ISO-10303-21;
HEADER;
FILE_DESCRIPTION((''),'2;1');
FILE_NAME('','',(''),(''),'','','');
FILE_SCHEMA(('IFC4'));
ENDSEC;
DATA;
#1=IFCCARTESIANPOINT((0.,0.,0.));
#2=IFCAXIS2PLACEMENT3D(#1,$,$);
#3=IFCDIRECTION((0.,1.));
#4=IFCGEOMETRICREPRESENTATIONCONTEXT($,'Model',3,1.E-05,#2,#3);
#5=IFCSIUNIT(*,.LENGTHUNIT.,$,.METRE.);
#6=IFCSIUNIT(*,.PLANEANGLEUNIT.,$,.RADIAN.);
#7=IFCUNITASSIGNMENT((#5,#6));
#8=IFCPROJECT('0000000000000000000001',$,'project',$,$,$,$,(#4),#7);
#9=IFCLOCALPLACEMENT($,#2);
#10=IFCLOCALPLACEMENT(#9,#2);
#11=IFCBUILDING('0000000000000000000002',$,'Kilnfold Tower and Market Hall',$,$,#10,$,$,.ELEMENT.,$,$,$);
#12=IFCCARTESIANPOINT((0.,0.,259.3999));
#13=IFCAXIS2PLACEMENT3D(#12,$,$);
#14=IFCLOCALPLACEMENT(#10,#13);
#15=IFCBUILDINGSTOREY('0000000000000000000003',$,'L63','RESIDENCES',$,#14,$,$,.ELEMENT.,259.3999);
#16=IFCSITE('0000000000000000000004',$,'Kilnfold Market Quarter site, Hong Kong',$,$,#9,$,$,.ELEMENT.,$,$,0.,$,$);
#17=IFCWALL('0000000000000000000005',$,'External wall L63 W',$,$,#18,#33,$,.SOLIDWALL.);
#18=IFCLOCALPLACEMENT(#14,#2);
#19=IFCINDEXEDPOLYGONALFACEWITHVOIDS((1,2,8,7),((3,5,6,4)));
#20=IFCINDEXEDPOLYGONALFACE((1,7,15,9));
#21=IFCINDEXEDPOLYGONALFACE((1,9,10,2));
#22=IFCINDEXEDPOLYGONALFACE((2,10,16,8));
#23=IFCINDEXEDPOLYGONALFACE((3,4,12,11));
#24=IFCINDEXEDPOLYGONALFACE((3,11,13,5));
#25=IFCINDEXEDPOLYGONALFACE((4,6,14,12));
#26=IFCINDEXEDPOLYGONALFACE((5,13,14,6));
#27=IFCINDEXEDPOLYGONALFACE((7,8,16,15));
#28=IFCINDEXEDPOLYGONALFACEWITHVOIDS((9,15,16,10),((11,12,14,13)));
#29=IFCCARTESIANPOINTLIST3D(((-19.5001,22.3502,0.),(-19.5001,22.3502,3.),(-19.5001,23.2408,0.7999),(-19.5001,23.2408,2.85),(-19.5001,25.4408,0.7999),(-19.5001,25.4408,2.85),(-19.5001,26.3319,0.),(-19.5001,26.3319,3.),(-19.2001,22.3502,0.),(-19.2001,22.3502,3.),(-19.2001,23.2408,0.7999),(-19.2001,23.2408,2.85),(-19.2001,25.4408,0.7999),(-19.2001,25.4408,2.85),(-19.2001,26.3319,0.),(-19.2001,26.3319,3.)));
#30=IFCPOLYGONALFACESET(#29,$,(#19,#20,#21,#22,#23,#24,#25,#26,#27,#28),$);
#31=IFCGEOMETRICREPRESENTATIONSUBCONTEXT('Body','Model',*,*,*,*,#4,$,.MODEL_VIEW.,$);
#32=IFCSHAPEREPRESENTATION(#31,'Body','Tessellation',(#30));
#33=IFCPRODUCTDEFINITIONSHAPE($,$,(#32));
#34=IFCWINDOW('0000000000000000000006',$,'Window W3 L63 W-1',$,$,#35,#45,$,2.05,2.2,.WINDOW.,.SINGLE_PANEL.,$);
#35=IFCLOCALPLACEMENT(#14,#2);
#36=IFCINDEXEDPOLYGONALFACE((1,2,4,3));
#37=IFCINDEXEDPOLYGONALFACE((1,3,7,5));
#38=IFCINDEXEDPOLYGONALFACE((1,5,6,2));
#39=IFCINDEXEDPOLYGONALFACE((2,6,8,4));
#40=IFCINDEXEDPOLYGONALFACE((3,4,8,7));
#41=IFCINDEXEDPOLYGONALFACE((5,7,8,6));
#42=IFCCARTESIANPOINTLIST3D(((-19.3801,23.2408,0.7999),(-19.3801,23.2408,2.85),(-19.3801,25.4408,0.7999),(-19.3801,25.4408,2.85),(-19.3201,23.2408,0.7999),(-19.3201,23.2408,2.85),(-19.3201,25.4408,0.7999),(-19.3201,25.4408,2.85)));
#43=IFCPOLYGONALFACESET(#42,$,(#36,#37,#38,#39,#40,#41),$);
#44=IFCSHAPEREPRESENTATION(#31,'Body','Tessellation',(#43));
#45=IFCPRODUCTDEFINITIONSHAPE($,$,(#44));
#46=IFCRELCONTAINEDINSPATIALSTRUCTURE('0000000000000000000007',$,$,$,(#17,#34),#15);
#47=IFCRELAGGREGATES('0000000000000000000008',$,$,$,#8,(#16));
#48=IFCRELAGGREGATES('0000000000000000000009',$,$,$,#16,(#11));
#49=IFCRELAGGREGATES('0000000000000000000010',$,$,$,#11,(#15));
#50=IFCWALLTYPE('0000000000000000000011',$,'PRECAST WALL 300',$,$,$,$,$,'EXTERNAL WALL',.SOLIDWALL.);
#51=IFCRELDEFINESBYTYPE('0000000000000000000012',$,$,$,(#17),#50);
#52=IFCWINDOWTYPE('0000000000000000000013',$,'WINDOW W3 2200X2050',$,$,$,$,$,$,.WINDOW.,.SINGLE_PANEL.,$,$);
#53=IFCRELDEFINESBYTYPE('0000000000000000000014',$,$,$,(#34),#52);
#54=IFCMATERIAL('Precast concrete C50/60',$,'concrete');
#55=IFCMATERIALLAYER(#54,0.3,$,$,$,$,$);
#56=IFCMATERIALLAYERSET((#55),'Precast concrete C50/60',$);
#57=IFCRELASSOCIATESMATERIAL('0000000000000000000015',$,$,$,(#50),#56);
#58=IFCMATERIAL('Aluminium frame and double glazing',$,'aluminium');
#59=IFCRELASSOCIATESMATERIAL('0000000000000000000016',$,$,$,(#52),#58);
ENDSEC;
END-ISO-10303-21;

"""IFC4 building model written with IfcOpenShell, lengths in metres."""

from ifc_helpers import new_model, si_unit, direction, frame, frame_2d, origin, place, context, subcontext, project, spatial, rectangle, extrude, source, transform, mapped, material, layer, layer_set, type_object, element, fill, save


model = new_model("IFC4")

# Units and contexts
model_context = context("Model", 3, precision=1e-05, world=origin(), true_north=direction((0.0, 1.0)))
body_context = subcontext(model_context, "Body", "Model", "MODEL_VIEW")
ifc_project = project(units=[si_unit("LENGTHUNIT", "METRE"), si_unit("PLANEANGLEUNIT", "RADIAN")], contexts=[model_context])

# Site, building, storey
site_placement = place(None, origin())
site = spatial("IfcSite", under=ifc_project, at=site_placement, Name="Kilnfold Market Quarter site, Hong Kong", CompositionType="ELEMENT", RefElevation=0.0)
building_placement = place(site_placement, origin())
building = spatial("IfcBuilding", under=site, at=building_placement, Name="Kilnfold Tower and Market Hall", CompositionType="ELEMENT")
storey_placement = place(building_placement, frame((0.0, 0.0, 259.3999)))
storey = spatial("IfcBuildingStorey", under=building, at=storey_placement, Name="L63", Description="RESIDENCES", CompositionType="ELEMENT", Elevation=259.3999)

# Wall, opening, window
ifc_material_1 = material(Name="Precast concrete C50/60", Category="concrete")
ifc_layer_1 = layer(ifc_material_1, 0.3)
ifc_layer_set_1 = layer_set([ifc_layer_1], Name="Precast concrete C50/60")
wall_type_1 = type_object("IfcWallType", Name="PRECAST WALL 300", ElementType="EXTERNAL WALL", PredefinedType="SOLIDWALL", material=ifc_layer_set_1)
ifc_material_2 = material(Name="Aluminium frame and double glazing", Category="aluminium")
window_type = type_object("IfcWindowType", Name="WINDOW W3 2200X2050", PartitioningType="SINGLE_PANEL", PredefinedType="WINDOW", material=ifc_material_2)
shared_shape_1 = source(origin(), body_context, "Body", "SweptSolid", [
    extrude(rectangle(XDim=3.9817, YDim=0.3, at=frame_2d((1.9907, 0.0))), origin(), (0.0, 0.0, 1.0), 3.0),
])
wall_1_placement = place(storey_placement, frame((-19.3501, 26.3318, 0.0), z_axis=(0.0, 0.0, 1.0), x_axis=(0.0, -1.0, 0.0)))
wall_1 = element("IfcWall", 1, at=wall_1_placement, inside=storey, type_object=wall_type_1, Name="External wall L63 W", PredefinedType="SOLIDWALL", context=body_context, shape_type="MappedRepresentation", body=[
    mapped(shared_shape_1, transform((0.0, 0.0, 0.0))),
])
opening_1_placement = place(wall_1_placement, frame((0.8909, 0.0, 0.8)))
opening_1 = element("IfcOpeningElement", 2, at=opening_1_placement, cuts=wall_1, PredefinedType="OPENING", context=body_context, shape_type="SweptSolid", body=[
    extrude(rectangle(XDim=2.2, YDim=2.05, at=frame_2d((1.1001, 1.0249))), frame((0.0, 0.1602, 0.0), z_axis=(0.0, -1.0, 0.0), x_axis=(1.0, 0.0, 0.0)), (0.0, 0.0, 1.0), 0.3201),
])
window_1_placement = place(opening_1_placement, origin())
window_1 = element("IfcWindow", 3, at=window_1_placement, inside=storey, type_object=window_type, Name="Window W3 L63 W-1", OverallHeight=2.05, OverallWidth=2.2, PartitioningType="SINGLE_PANEL", PredefinedType="WINDOW", context=body_context, shape_type="SweptSolid", body=[
    extrude(rectangle(XDim=2.2, YDim=2.05, at=frame_2d((1.1001, 1.0249))), frame((0.0, 0.03, 0.0), z_axis=(0.0, -1.0, 0.0), x_axis=(1.0, 0.0, 0.0)), (0.0, 0.0, 1.0), 0.0601),
])
fill(opening_1, window_1)

save(model, "model.ifc")
